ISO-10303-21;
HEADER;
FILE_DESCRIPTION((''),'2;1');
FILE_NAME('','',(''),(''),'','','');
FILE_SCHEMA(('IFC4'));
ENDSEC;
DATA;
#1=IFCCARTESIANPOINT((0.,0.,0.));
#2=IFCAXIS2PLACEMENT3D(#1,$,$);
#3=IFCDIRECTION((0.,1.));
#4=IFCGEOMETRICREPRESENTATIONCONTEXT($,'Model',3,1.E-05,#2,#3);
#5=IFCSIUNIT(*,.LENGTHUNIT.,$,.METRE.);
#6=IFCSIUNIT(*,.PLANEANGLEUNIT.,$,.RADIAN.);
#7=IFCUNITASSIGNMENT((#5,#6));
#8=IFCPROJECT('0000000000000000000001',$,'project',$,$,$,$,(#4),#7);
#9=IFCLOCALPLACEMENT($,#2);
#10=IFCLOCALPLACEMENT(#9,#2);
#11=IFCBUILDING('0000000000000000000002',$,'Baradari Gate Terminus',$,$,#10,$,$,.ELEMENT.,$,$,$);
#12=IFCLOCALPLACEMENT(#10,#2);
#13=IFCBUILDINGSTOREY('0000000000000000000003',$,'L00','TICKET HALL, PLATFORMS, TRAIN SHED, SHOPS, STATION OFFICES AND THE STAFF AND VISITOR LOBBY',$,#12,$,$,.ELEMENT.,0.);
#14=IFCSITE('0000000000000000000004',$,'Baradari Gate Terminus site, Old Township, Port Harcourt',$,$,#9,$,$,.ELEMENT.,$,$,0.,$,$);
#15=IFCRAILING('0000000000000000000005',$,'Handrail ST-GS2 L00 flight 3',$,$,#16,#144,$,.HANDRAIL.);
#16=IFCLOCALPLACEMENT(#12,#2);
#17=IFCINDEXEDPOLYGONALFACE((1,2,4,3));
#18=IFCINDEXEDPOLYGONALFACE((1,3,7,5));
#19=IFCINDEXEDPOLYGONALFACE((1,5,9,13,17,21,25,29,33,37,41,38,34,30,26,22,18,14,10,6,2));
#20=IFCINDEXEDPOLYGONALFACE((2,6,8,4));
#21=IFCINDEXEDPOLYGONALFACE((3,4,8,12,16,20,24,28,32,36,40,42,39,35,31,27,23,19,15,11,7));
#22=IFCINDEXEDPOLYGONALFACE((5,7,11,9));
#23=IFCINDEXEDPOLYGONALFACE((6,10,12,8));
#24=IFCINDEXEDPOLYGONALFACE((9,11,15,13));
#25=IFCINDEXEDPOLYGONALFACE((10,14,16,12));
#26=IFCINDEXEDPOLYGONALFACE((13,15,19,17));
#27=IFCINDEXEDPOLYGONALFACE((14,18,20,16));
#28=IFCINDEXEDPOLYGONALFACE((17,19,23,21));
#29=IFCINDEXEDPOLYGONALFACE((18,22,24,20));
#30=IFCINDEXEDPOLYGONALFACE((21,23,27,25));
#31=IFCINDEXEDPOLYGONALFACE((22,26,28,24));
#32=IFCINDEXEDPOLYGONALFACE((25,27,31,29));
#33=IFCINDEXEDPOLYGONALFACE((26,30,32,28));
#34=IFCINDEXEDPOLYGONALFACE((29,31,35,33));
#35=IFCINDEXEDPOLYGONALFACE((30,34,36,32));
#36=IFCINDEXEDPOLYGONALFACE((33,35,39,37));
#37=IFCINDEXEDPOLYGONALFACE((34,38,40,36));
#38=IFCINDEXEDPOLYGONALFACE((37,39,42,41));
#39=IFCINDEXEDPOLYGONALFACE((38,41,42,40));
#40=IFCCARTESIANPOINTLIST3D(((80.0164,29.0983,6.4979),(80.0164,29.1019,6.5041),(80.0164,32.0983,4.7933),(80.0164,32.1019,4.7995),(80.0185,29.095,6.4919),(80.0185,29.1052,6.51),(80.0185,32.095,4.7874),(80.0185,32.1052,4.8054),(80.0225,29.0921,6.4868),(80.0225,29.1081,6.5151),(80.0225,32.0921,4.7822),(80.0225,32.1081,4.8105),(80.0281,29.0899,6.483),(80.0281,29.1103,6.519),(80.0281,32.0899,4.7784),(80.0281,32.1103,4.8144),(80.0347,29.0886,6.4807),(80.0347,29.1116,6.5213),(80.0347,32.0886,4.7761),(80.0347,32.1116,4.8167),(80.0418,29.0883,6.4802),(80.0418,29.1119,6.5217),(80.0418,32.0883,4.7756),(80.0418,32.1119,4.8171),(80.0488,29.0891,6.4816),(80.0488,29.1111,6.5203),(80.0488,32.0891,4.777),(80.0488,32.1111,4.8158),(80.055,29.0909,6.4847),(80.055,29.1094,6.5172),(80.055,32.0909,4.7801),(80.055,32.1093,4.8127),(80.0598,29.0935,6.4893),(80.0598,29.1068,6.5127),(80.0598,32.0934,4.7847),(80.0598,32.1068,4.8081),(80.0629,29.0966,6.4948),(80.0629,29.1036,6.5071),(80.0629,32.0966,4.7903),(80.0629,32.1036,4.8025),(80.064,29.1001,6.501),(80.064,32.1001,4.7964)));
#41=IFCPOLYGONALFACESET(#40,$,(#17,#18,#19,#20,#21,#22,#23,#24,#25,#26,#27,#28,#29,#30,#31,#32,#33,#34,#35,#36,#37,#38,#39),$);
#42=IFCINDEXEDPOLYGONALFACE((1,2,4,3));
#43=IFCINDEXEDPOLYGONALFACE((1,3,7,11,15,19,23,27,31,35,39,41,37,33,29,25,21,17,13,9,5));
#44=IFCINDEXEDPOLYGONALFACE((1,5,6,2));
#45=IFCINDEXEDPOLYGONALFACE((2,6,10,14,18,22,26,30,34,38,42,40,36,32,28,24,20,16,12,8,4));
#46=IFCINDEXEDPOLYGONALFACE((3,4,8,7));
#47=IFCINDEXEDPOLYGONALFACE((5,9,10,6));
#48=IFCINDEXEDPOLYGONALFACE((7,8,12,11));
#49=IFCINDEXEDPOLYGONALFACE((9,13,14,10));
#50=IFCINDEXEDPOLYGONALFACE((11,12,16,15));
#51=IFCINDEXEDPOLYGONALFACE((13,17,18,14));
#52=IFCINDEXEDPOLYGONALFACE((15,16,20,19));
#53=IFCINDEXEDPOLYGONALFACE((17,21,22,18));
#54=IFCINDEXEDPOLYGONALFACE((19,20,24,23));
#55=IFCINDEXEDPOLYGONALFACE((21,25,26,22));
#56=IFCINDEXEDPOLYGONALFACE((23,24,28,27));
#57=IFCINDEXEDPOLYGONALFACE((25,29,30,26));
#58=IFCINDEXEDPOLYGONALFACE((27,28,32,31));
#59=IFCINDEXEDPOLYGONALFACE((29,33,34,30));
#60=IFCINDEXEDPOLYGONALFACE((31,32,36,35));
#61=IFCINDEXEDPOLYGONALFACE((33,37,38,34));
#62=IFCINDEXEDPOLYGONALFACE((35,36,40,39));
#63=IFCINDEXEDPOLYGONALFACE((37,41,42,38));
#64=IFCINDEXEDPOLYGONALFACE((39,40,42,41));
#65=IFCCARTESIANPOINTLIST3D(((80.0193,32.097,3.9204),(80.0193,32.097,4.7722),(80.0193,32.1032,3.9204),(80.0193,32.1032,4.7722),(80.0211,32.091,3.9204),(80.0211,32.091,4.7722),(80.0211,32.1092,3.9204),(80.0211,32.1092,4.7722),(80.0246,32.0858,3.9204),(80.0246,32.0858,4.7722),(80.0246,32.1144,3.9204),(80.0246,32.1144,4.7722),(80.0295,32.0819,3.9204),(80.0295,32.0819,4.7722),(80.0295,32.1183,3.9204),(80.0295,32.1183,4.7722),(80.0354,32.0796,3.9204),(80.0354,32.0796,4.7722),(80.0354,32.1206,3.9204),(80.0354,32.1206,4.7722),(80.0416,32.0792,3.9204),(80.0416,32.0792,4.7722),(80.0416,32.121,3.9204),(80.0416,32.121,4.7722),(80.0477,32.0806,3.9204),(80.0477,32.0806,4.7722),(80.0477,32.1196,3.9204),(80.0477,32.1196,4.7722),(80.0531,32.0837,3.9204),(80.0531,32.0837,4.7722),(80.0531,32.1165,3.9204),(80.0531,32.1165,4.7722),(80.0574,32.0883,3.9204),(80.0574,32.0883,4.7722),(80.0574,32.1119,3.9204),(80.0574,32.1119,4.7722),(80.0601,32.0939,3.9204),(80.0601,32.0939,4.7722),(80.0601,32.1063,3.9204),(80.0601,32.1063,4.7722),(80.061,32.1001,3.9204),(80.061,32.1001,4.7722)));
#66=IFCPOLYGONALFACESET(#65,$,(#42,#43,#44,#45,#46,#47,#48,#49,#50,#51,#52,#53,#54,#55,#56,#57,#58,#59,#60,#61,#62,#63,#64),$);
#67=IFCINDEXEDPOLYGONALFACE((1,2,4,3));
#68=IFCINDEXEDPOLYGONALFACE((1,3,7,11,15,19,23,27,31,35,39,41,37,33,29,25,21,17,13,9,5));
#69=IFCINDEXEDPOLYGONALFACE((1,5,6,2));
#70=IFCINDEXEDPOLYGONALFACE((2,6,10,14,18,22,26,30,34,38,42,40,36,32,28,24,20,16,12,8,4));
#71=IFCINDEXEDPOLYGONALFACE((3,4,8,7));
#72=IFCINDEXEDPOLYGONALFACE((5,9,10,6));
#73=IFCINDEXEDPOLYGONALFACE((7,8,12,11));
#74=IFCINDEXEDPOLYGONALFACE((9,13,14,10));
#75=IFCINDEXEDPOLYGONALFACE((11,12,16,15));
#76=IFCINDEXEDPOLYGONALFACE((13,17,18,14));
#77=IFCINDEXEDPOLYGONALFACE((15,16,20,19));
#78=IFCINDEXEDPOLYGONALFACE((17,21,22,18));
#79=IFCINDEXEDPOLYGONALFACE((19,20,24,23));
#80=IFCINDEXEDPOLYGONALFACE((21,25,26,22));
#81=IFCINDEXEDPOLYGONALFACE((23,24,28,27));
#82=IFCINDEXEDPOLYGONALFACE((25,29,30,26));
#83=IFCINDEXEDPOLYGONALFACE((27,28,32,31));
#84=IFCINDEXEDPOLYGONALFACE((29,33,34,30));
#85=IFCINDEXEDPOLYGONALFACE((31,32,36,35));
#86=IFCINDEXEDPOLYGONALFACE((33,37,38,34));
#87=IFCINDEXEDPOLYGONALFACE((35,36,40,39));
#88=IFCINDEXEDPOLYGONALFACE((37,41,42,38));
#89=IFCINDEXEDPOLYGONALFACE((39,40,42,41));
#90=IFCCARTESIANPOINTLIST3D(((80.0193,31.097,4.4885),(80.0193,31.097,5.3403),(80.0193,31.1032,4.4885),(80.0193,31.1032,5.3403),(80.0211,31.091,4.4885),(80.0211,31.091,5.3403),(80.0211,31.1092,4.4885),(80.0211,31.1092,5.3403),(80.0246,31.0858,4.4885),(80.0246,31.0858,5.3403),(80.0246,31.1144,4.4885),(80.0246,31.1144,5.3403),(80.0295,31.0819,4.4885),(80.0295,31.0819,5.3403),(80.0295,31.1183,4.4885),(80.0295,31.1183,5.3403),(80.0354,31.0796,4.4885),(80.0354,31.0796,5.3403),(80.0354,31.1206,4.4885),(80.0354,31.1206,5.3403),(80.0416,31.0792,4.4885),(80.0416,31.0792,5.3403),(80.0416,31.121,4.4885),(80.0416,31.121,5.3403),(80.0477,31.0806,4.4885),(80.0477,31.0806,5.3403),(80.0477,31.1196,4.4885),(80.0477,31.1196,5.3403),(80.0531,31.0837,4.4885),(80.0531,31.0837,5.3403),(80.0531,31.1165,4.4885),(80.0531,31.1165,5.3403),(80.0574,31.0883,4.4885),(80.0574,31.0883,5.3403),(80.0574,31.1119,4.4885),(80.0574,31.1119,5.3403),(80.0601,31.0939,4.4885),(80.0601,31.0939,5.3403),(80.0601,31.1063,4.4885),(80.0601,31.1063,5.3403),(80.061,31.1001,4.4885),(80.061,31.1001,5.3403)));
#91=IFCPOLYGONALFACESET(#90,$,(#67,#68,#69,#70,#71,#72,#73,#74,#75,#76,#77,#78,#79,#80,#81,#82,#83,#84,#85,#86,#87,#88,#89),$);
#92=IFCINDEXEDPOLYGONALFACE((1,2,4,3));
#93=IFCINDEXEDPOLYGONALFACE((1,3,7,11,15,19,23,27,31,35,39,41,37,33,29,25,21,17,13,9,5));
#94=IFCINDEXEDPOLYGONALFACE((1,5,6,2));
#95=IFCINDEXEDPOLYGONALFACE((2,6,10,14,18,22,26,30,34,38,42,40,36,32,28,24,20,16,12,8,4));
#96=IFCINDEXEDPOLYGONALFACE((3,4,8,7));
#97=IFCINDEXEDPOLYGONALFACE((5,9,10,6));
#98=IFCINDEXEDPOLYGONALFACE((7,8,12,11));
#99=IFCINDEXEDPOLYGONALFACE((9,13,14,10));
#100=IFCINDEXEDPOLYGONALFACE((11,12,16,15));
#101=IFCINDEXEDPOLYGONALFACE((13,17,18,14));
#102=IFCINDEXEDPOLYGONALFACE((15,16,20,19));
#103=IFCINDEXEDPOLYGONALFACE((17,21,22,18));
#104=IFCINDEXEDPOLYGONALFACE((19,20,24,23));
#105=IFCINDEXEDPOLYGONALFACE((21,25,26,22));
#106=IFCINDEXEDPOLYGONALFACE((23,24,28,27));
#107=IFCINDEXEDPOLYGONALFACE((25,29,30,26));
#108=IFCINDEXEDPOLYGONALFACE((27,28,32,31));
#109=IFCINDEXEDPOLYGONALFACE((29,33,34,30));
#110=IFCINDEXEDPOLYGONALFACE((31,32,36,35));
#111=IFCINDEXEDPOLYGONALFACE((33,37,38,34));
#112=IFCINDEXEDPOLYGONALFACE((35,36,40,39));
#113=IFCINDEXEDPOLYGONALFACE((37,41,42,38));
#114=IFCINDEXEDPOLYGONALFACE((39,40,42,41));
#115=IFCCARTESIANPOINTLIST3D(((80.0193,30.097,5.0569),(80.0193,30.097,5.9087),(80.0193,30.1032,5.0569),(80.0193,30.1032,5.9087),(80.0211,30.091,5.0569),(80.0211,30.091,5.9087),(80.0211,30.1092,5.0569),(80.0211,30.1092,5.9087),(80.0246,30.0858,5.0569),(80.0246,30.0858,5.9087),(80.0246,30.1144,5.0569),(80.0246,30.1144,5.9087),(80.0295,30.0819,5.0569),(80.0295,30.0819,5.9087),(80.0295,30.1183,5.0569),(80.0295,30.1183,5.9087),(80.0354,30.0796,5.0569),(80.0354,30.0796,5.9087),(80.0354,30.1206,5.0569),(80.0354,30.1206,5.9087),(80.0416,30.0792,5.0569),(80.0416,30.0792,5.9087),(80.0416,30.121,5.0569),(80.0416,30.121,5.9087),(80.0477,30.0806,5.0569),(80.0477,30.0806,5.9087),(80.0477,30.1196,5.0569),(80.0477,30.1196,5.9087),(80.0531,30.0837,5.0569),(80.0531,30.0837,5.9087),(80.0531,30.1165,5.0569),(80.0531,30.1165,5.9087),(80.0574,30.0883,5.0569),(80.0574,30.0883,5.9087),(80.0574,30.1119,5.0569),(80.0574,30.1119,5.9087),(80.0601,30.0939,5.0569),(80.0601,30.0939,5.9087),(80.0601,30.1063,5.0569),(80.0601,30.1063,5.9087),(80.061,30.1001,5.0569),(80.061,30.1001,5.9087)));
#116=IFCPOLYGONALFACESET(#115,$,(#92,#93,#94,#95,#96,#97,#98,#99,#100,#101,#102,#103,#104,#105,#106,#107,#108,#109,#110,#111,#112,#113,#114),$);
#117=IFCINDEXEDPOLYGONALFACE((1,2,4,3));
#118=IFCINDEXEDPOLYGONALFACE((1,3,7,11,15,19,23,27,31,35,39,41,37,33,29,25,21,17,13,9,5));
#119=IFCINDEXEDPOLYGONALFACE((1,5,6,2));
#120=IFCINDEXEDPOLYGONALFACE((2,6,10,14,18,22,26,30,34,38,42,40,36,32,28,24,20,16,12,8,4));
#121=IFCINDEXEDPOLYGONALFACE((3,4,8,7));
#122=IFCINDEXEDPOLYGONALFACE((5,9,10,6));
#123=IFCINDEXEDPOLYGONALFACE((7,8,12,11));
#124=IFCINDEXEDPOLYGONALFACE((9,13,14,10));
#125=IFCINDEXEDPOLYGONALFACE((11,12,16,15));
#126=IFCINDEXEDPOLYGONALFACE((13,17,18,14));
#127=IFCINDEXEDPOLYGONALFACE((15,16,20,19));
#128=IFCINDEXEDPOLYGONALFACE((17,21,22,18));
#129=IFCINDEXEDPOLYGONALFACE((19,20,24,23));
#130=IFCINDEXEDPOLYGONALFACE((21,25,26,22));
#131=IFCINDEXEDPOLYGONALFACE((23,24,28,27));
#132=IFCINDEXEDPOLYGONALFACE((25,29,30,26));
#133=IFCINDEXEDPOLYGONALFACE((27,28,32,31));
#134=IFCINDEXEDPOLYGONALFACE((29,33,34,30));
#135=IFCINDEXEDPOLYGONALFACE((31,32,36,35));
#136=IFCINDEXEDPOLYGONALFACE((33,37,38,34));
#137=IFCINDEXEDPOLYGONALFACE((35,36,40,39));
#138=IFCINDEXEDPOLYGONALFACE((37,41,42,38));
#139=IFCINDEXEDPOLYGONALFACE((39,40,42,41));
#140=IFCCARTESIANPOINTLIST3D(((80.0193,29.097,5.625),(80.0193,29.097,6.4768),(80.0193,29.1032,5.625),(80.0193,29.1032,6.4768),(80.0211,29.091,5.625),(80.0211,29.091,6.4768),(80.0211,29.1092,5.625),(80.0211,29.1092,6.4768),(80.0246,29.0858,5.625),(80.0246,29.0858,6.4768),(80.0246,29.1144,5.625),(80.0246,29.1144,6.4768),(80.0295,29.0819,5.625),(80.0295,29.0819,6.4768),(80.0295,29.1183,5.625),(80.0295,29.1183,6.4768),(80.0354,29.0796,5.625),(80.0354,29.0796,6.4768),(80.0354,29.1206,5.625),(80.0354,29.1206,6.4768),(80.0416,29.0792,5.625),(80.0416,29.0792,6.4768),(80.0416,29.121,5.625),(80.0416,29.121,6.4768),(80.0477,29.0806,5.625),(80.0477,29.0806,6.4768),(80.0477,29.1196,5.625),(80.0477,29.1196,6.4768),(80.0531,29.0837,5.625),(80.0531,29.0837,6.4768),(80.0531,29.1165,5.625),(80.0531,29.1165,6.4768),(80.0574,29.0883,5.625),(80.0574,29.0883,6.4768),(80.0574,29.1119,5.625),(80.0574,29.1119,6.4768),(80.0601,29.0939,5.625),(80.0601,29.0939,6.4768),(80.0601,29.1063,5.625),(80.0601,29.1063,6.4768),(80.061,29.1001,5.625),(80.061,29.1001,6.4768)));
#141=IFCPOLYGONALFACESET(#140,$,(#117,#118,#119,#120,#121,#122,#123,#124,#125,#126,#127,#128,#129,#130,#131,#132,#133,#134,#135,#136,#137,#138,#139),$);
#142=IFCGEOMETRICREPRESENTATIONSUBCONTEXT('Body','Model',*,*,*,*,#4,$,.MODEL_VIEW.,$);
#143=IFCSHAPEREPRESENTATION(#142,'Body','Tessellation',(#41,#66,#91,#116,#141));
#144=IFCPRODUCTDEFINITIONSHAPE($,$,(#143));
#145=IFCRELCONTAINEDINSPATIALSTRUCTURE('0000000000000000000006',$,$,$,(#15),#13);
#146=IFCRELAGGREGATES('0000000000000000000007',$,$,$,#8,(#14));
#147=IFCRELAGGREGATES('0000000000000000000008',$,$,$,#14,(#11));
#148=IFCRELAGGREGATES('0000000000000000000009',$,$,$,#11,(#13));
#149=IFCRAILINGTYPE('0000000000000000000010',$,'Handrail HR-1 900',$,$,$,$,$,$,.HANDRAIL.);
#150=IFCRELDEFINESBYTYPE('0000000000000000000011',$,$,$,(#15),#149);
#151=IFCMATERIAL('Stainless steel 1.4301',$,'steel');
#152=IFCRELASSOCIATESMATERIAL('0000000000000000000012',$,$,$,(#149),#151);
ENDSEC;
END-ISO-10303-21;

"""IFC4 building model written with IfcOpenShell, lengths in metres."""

from ifc_helpers import new_model, si_unit, direction, frame, origin, origin_2d, place, context, subcontext, project, spatial, circle, extrude, material, type_object, element, save


model = new_model("IFC4")

# Units and contexts
model_context = context("Model", 3, precision=1e-05, world=origin(), true_north=direction((0.0, 1.0)))
body_context = subcontext(model_context, "Body", "Model", "MODEL_VIEW")
ifc_project = project(units=[si_unit("LENGTHUNIT", "METRE"), si_unit("PLANEANGLEUNIT", "RADIAN")], contexts=[model_context])

# Site, building, storey
site_placement = place(None, origin())
site = spatial("IfcSite", under=ifc_project, at=site_placement, Name="Baradari Gate Terminus site, Old Township, Port Harcourt", CompositionType="ELEMENT", RefElevation=0.0)
building_placement = place(site_placement, origin())
building = spatial("IfcBuilding", under=site, at=building_placement, Name="Baradari Gate Terminus", CompositionType="ELEMENT")
storey_placement = place(building_placement, origin())
storey = spatial("IfcBuildingStorey", under=building, at=storey_placement, Name="L00", Description="TICKET HALL, PLATFORMS, TRAIN SHED, SHOPS, STATION OFFICES AND THE STAFF AND VISITOR LOBBY", CompositionType="ELEMENT", Elevation=0.0)

# Railing
ifc_material_1 = material(Name="Stainless steel 1.4301", Category="steel")
railing_type_1 = type_object("IfcRailingType", Name="Handrail HR-1 900", PredefinedType="HANDRAIL", material=ifc_material_1)
for number, where, name in (
    (1, (80.04, 32.1001, 3.9204), "Handrail ST-GS2 L00 flight 3"),
):
    element("IfcRailing", number, at=place(storey_placement, frame(where)), inside=storey, type_object=railing_type_1, Name=name, PredefinedType="HANDRAIL", context=body_context, shape_type="SweptSolid", body=[
        extrude(circle(Radius=0.0239, at=origin_2d()), frame((0.0, 0.0, 0.876), z_axis=(0.0, -0.869451, 0.494019), x_axis=(1.0, 0.0, 0.0)), (0.0, 0.0, 1.0), 3.4504),
        extrude(circle(Radius=0.021, at=origin_2d()), origin(), (0.0, 0.0, 1.0), 0.8518),
        extrude(circle(Radius=0.021, at=origin_2d()), frame((0.0, -1.0, 0.5681)), (0.0, 0.0, 1.0), 0.8518),
        extrude(circle(Radius=0.021, at=origin_2d()), frame((0.0, -2.0, 1.1365)), (0.0, 0.0, 1.0), 0.8518),
        extrude(circle(Radius=0.021, at=origin_2d()), frame((0.0, -3.0, 1.7046)), (0.0, 0.0, 1.0), 0.8518),
    ])

save(model, "model.ifc")
